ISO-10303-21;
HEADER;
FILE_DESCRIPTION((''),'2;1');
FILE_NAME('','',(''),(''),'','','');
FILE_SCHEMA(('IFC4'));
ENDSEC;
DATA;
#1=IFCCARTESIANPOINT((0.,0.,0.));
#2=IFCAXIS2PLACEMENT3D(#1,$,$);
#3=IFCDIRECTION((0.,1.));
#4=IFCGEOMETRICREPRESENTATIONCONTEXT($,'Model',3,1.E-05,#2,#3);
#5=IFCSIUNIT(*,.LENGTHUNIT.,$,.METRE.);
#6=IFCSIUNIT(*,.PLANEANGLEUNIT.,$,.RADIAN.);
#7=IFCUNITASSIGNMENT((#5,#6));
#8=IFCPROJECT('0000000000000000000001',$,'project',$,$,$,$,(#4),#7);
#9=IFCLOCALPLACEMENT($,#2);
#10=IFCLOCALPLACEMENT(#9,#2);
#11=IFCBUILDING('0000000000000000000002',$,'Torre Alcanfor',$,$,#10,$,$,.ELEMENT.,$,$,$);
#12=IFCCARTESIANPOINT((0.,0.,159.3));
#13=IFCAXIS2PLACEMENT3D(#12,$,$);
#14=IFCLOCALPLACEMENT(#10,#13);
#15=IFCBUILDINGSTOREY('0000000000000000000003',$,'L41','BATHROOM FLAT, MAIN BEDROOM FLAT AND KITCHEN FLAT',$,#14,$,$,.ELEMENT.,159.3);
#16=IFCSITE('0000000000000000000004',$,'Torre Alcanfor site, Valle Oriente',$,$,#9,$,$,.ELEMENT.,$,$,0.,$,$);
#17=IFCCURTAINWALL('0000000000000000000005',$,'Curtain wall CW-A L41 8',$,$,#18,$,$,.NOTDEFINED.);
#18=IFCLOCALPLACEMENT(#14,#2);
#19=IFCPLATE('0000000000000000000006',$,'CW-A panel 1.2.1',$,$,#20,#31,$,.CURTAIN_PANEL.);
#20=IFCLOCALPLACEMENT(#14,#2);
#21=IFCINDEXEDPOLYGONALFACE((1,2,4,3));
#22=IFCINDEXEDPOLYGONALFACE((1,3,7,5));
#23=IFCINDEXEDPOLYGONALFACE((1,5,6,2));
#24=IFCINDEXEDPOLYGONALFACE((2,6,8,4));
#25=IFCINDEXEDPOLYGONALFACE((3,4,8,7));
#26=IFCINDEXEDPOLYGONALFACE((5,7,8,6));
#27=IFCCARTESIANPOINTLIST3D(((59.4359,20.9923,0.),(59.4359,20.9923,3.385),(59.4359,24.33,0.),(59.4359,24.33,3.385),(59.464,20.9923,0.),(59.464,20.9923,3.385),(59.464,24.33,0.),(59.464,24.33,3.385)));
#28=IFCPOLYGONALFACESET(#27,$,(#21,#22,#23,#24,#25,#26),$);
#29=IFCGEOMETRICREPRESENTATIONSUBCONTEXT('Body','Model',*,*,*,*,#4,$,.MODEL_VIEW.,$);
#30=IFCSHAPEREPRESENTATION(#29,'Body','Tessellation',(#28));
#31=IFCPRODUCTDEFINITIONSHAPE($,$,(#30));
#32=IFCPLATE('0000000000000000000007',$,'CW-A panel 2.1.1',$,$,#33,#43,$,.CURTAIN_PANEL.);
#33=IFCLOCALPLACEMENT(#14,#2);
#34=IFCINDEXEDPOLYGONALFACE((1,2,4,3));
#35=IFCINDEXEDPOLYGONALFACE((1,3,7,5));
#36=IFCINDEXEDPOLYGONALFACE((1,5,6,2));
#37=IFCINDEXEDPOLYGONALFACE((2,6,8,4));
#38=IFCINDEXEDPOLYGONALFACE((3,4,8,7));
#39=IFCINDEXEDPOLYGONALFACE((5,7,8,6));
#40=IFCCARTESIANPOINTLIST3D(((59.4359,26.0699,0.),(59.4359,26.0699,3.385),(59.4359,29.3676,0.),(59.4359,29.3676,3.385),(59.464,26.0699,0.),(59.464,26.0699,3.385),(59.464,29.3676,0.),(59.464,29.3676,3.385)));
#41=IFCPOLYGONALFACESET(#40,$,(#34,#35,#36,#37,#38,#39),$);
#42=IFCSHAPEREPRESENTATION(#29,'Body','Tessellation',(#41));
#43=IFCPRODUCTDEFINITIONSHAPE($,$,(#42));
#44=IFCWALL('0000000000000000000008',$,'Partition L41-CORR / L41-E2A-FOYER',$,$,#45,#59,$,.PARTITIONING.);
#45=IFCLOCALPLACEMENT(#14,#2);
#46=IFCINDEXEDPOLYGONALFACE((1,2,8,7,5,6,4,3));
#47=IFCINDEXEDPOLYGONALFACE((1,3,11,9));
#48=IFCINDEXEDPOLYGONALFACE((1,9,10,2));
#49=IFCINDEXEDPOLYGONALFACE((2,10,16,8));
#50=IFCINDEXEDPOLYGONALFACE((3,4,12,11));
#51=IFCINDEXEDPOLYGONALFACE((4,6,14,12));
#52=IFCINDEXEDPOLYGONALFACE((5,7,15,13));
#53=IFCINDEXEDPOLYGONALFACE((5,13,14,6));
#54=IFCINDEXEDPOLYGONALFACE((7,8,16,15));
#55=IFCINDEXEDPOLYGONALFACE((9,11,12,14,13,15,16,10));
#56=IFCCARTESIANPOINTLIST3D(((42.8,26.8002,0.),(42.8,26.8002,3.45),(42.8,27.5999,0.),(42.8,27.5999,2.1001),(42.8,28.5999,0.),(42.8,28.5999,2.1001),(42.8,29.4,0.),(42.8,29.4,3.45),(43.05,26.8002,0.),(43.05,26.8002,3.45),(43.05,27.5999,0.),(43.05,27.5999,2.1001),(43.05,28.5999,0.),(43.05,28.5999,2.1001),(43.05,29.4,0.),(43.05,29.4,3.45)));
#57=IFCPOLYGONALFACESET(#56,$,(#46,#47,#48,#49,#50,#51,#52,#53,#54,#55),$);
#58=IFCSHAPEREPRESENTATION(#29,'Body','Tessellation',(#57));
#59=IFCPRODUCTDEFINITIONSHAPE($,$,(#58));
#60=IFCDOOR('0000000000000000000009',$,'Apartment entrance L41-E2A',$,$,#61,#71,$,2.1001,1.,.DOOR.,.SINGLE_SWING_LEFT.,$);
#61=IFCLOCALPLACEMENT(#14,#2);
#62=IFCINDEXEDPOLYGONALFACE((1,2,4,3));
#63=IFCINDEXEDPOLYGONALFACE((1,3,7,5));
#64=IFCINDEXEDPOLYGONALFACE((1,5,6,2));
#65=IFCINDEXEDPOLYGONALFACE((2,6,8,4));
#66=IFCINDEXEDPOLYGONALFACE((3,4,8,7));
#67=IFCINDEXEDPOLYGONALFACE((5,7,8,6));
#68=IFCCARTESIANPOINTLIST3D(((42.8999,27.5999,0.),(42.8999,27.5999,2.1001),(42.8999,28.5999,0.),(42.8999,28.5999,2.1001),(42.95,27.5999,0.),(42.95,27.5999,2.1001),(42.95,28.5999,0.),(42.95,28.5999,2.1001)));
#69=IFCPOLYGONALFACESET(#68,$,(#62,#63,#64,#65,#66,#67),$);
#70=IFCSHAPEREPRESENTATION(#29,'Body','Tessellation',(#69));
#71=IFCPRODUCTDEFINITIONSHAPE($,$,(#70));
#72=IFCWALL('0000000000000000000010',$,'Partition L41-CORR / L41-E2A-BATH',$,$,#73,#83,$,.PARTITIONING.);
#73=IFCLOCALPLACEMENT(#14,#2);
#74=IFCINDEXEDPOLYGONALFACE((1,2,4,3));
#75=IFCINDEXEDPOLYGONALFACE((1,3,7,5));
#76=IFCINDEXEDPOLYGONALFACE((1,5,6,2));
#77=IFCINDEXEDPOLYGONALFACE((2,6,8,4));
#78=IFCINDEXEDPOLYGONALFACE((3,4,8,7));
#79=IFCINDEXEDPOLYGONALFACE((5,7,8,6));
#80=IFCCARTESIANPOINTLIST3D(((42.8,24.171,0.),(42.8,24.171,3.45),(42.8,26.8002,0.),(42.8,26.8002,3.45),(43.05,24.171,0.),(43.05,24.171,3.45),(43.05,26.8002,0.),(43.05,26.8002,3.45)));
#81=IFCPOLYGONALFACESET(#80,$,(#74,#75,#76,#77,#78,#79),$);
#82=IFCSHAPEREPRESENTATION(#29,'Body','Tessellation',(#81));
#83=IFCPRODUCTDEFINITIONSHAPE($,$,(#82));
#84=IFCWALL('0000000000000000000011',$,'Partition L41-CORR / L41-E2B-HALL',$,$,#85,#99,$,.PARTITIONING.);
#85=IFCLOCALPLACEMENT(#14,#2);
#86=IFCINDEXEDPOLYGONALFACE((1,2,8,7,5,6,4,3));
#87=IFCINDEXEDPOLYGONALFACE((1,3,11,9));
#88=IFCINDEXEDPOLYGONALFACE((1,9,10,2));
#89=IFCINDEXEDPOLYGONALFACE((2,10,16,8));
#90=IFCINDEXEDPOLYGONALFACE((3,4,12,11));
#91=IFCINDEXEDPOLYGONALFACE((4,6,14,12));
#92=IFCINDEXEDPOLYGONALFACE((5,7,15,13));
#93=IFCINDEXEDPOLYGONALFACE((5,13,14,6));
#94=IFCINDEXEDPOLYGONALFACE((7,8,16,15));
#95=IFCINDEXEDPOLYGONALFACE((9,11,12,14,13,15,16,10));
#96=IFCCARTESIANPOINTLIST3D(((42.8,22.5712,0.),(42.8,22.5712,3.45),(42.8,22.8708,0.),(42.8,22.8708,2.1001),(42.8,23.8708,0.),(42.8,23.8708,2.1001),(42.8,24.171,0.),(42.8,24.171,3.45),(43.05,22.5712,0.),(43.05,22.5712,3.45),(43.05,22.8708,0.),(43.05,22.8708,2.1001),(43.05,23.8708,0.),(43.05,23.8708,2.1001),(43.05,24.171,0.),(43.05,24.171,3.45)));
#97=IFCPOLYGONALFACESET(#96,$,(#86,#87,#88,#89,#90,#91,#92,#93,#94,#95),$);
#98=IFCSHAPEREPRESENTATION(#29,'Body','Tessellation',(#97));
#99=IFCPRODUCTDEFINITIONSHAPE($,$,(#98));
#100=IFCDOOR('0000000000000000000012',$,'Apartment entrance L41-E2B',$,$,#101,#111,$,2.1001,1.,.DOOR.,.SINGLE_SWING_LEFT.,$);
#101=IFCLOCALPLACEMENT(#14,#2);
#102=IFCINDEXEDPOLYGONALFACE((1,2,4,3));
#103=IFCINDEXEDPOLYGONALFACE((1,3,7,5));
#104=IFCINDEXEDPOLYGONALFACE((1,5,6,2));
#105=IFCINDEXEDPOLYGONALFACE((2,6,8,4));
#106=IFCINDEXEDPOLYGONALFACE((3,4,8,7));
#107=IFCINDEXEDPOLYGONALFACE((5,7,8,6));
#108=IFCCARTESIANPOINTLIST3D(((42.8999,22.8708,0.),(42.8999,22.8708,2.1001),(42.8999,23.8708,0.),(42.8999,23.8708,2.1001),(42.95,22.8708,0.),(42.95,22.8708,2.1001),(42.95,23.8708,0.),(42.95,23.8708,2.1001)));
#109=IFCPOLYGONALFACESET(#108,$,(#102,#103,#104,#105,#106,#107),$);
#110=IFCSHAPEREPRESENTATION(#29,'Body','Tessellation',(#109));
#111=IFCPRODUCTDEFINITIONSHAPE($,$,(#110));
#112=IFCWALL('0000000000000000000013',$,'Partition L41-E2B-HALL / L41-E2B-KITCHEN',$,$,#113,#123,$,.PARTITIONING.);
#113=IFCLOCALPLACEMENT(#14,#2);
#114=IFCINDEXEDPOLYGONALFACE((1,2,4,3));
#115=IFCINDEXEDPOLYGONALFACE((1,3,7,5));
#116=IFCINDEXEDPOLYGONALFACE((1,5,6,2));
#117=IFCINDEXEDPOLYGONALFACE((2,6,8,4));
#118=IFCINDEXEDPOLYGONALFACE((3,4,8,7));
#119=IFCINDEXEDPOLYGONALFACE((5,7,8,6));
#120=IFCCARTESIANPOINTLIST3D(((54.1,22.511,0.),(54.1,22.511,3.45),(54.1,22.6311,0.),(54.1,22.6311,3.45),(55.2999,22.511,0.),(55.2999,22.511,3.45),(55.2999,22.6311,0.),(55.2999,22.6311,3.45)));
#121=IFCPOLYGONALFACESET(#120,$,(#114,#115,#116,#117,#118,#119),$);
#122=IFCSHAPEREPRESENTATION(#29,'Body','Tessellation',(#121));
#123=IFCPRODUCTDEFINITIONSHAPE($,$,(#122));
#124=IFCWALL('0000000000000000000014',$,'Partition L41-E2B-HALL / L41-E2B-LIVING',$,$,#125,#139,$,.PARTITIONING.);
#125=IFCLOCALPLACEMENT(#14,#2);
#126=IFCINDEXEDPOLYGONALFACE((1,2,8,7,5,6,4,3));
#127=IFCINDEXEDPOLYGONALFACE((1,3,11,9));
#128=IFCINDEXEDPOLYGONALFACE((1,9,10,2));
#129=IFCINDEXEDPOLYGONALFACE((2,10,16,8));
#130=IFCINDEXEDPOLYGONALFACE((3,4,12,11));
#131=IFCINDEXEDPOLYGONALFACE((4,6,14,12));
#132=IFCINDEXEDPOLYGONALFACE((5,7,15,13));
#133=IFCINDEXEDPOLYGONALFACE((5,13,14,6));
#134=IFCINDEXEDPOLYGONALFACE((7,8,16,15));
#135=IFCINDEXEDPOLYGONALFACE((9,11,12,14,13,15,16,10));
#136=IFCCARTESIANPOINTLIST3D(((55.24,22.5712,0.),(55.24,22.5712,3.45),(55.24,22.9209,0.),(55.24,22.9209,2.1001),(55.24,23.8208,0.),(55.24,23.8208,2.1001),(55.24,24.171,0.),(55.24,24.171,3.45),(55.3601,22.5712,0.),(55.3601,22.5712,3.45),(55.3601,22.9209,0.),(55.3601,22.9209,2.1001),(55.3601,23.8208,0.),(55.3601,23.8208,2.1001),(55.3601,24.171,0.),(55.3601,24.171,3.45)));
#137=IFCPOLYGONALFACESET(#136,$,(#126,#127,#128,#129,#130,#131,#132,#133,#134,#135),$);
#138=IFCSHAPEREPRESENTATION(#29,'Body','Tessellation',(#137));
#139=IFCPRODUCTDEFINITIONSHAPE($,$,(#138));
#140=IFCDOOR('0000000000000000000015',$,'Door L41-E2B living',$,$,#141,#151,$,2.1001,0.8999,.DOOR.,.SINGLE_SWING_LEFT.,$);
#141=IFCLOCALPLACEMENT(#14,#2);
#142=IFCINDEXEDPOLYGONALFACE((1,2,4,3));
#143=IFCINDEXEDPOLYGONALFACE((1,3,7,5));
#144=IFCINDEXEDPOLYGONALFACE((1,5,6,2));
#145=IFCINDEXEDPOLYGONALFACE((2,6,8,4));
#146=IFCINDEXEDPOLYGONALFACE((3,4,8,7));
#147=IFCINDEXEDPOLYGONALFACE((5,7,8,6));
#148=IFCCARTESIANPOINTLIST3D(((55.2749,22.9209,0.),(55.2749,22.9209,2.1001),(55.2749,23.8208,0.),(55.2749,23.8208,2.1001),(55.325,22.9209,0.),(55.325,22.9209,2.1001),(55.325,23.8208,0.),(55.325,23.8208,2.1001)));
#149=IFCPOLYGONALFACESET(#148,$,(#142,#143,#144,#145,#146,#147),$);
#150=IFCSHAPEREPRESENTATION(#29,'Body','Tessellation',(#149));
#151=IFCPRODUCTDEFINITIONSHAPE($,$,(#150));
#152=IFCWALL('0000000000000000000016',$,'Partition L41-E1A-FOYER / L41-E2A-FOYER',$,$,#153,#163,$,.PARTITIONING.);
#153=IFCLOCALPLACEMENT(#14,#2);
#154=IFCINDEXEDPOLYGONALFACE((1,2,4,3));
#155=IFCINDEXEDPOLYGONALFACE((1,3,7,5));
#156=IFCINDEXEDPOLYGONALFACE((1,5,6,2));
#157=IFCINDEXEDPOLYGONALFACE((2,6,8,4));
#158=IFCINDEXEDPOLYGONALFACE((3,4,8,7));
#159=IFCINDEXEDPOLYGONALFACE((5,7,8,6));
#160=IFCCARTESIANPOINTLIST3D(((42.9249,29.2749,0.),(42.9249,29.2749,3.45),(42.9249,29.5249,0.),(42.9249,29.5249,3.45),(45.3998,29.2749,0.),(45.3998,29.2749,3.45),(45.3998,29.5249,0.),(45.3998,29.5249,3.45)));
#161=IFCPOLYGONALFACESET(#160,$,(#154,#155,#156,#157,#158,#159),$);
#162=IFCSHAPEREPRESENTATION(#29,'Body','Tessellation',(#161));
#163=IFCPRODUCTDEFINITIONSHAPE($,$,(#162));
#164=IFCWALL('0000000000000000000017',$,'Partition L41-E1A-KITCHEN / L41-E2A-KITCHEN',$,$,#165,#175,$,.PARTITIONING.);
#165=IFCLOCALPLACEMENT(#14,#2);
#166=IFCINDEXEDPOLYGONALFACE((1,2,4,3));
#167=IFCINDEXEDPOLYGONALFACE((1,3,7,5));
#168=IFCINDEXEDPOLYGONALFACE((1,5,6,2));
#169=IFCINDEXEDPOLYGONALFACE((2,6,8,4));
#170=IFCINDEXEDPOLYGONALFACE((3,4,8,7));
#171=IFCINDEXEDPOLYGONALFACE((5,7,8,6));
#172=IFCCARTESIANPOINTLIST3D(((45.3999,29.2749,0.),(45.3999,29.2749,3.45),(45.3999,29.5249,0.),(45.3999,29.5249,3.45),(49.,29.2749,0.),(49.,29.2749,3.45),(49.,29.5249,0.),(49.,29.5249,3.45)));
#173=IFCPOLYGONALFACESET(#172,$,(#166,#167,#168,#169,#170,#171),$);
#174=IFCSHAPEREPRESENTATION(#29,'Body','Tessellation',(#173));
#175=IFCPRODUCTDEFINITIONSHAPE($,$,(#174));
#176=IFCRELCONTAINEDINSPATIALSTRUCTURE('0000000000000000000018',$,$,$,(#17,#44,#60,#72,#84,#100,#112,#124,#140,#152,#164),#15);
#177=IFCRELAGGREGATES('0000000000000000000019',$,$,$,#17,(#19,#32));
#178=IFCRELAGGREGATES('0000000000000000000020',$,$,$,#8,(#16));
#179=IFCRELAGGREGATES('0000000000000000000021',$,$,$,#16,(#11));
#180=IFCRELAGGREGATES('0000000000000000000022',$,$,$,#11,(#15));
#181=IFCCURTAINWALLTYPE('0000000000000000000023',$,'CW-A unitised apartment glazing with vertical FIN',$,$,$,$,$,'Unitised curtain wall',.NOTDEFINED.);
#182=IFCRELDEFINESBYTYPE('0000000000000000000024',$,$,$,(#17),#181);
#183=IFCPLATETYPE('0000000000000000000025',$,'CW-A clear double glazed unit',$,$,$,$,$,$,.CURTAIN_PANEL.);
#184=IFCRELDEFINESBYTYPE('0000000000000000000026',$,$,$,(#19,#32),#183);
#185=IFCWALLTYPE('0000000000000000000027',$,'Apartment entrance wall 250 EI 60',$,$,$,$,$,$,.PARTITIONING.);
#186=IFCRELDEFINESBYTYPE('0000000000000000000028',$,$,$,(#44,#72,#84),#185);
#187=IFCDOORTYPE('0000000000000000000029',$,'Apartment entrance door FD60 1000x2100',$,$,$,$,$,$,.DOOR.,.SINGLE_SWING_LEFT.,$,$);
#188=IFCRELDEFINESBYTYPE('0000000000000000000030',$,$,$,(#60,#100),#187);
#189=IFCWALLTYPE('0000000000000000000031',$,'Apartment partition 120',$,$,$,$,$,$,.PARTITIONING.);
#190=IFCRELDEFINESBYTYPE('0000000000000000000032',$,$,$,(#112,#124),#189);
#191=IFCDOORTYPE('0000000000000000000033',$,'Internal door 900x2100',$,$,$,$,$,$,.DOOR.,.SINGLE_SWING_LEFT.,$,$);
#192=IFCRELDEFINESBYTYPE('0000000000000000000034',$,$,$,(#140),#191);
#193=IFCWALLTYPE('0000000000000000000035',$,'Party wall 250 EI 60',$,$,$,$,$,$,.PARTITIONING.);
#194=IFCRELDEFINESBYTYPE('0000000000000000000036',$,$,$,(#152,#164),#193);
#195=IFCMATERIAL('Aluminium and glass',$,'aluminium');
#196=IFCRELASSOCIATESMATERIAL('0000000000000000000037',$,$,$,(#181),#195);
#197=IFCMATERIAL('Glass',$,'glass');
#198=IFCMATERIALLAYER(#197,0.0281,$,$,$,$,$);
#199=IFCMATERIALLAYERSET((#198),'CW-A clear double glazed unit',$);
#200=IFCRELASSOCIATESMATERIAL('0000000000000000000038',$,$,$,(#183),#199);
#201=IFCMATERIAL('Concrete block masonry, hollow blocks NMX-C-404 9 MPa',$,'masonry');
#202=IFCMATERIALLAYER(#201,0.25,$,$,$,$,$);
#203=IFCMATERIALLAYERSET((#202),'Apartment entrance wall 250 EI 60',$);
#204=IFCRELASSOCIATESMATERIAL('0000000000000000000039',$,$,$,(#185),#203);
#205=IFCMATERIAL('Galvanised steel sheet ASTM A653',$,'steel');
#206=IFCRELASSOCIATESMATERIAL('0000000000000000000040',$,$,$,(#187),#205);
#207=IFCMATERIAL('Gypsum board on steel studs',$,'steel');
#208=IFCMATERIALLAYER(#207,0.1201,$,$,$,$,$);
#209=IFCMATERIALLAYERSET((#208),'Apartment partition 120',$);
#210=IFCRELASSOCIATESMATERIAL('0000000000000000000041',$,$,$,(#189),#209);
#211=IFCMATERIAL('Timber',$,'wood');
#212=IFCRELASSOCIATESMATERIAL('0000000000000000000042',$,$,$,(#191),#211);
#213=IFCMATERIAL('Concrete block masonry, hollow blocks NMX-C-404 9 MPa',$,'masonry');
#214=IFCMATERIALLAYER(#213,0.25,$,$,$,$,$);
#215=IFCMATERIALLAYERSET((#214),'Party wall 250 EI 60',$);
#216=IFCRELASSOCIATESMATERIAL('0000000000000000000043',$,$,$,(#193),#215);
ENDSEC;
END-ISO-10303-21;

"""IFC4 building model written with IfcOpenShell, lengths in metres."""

from ifc_helpers import new_model, si_unit, direction, frame, frame_2d, origin, origin_2d, place, context, subcontext, project, spatial, rectangle, extrude, material, layer, layer_set, type_object, element, fill, aggregate, save


model = new_model("IFC4")

# Units and contexts
model_context = context("Model", 3, precision=1e-05, world=origin(), true_north=direction((0.0, 1.0)))
body_context = subcontext(model_context, "Body", "Model", "MODEL_VIEW")
ifc_project = project(units=[si_unit("LENGTHUNIT", "METRE"), si_unit("PLANEANGLEUNIT", "RADIAN")], contexts=[model_context])

# Site, building, storey
site_placement = place(None, origin())
site = spatial("IfcSite", under=ifc_project, at=site_placement, Name="Torre Alcanfor site, Valle Oriente", CompositionType="ELEMENT", RefElevation=0.0)
building_placement = place(site_placement, origin())
building = spatial("IfcBuilding", under=site, at=building_placement, Name="Torre Alcanfor", CompositionType="ELEMENT")
storey_placement = place(building_placement, frame((0.0, 0.0, 159.3)))
storey = spatial("IfcBuildingStorey", under=building, at=storey_placement, Name="L41", Description="BATHROOM FLAT, MAIN BEDROOM FLAT AND KITCHEN FLAT", CompositionType="ELEMENT", Elevation=159.3)

# Curtain wall
ifc_material_1 = material(Name="Aluminium and glass", Category="aluminium")
curtain_wall_type = type_object("IfcCurtainWallType", Name="CW-A unitised apartment glazing with vertical FIN", ElementType="Unitised curtain wall", PredefinedType="NOTDEFINED", material=ifc_material_1)
curtain_wall_placement = place(storey_placement, origin())
curtain_wall = element("IfcCurtainWall", 1, at=curtain_wall_placement, inside=storey, type_object=curtain_wall_type, Name="Curtain wall CW-A L41 8", PredefinedType="NOTDEFINED")

# Plates
ifc_material_2 = material(Name="Glass", Category="glass")
ifc_layer_1 = layer(ifc_material_2, 0.0281)
ifc_layer_set_1 = layer_set([ifc_layer_1], Name="CW-A clear double glazed unit")
plate_type = type_object("IfcPlateType", Name="CW-A clear double glazed unit", PredefinedType="CURTAIN_PANEL", material=ifc_layer_set_1)
plate_1_placement = place(storey_placement, frame((59.45, 22.6611, 0.0), z_axis=(0.0, 0.0, 1.0), x_axis=(0.0, 1.0, 0.0)))
plate_1 = element("IfcPlate", 2, at=plate_1_placement, type_object=plate_type, Name="CW-A panel 1.2.1", PredefinedType="CURTAIN_PANEL", context=body_context, shape_type="SweptSolid", body=[
    extrude(rectangle(XDim=3.3376, YDim=0.0281, at=origin_2d()), origin(), (0.0, 0.0, 1.0), 3.385),
])
plate_2_placement = place(storey_placement, frame((59.45, 27.7188, 0.0), z_axis=(0.0, 0.0, 1.0), x_axis=(0.0, 1.0, 0.0)))
plate_2 = element("IfcPlate", 3, at=plate_2_placement, type_object=plate_type, Name="CW-A panel 2.1.1", PredefinedType="CURTAIN_PANEL", context=body_context, shape_type="SweptSolid", body=[
    extrude(rectangle(XDim=3.2976, YDim=0.0281, at=origin_2d()), origin(), (0.0, 0.0, 1.0), 3.385),
])
aggregate(curtain_wall, [plate_1, plate_2])

# Wall, opening, door
ifc_material_3 = material(Name="Concrete block masonry, hollow blocks NMX-C-404 9 MPa", Category="masonry")
ifc_layer_2 = layer(ifc_material_3, 0.25)
ifc_layer_set_2 = layer_set([ifc_layer_2], Name="Apartment entrance wall 250 EI 60")
wall_type_1 = type_object("IfcWallType", Name="Apartment entrance wall 250 EI 60", PredefinedType="PARTITIONING", material=ifc_layer_set_2)
wall_1_placement = place(storey_placement, frame((42.925, 29.3999, 0.0), z_axis=(0.0, 0.0, 1.0), x_axis=(0.0, -1.0, 0.0)))
wall_1 = element("IfcWall", 4, at=wall_1_placement, inside=storey, type_object=wall_type_1, Name="Partition L41-CORR / L41-E2A-FOYER", PredefinedType="PARTITIONING", context=body_context, shape_type="SweptSolid", body=[
    extrude(rectangle(XDim=2.5999, YDim=0.25, at=frame_2d((1.2998, 0.0))), origin(), (0.0, 0.0, 1.0), 3.45),
])
opening_1_placement = place(wall_1_placement, frame((0.8, 0.0, 0.0)))
opening_1 = element("IfcOpeningElement", 5, at=opening_1_placement, cuts=wall_1, PredefinedType="OPENING", context=body_context, shape_type="SweptSolid", body=[
    extrude(rectangle(XDim=1.0, YDim=2.1001, at=frame_2d((0.5, 1.05))), frame((0.0, 0.135, 0.0), z_axis=(0.0, -1.0, 0.0), x_axis=(1.0, 0.0, 0.0)), (0.0, 0.0, 1.0), 0.27),
])
ifc_material_4 = material(Name="Galvanised steel sheet ASTM A653", Category="steel")
door_type_1 = type_object("IfcDoorType", Name="Apartment entrance door FD60 1000x2100", OperationType="SINGLE_SWING_LEFT", PredefinedType="DOOR", material=ifc_material_4)
door_1_placement = place(opening_1_placement, origin())
door_1 = element("IfcDoor", 6, at=door_1_placement, inside=storey, type_object=door_type_1, Name="Apartment entrance L41-E2A", OperationType="SINGLE_SWING_LEFT", OverallHeight=2.1001, OverallWidth=1.0, PredefinedType="DOOR", context=body_context, shape_type="SweptSolid", body=[
    extrude(rectangle(XDim=1.0, YDim=2.1001, at=frame_2d((0.5, 1.05))), frame((0.0, 0.0249, 0.0), z_axis=(0.0, -1.0, 0.0), x_axis=(1.0, 0.0, 0.0)), (0.0, 0.0, 1.0), 0.05),
])
fill(opening_1, door_1)

# Wall
wall_2_placement = place(storey_placement, frame((42.925, 26.8, 0.0), z_axis=(0.0, 0.0, 1.0), x_axis=(0.0, -1.0, 0.0)))
element("IfcWall", 7, at=wall_2_placement, inside=storey, type_object=wall_type_1, Name="Partition L41-CORR / L41-E2A-BATH", PredefinedType="PARTITIONING", context=body_context, shape_type="SweptSolid", body=[
    extrude(rectangle(XDim=2.6292, YDim=0.25, at=frame_2d((1.3145, 0.0))), origin(), (0.0, 0.0, 1.0), 3.45),
])

# Wall, opening, door
wall_3_placement = place(storey_placement, frame((42.925, 24.1709, 0.0), z_axis=(0.0, 0.0, 1.0), x_axis=(0.0, -1.0, 0.0)))
wall_3 = element("IfcWall", 8, at=wall_3_placement, inside=storey, type_object=wall_type_1, Name="Partition L41-CORR / L41-E2B-HALL", PredefinedType="PARTITIONING", context=body_context, shape_type="SweptSolid", body=[
    extrude(rectangle(XDim=1.5999, YDim=0.25, at=frame_2d((0.7998, 0.0))), origin(), (0.0, 0.0, 1.0), 3.45),
])
opening_2_placement = place(wall_3_placement, frame((0.3, 0.0, 0.0)))
opening_2 = element("IfcOpeningElement", 9, at=opening_2_placement, cuts=wall_3, PredefinedType="OPENING", context=body_context, shape_type="SweptSolid", body=[
    extrude(rectangle(XDim=1.0, YDim=2.1001, at=frame_2d((0.5, 1.05))), frame((0.0, 0.135, 0.0), z_axis=(0.0, -1.0, 0.0), x_axis=(1.0, 0.0, 0.0)), (0.0, 0.0, 1.0), 0.27),
])
door_2_placement = place(opening_2_placement, origin())
door_2 = element("IfcDoor", 10, at=door_2_placement, inside=storey, type_object=door_type_1, Name="Apartment entrance L41-E2B", OperationType="SINGLE_SWING_LEFT", OverallHeight=2.1001, OverallWidth=1.0, PredefinedType="DOOR", context=body_context, shape_type="SweptSolid", body=[
    extrude(rectangle(XDim=1.0, YDim=2.1001, at=frame_2d((0.5, 1.05))), frame((0.0, 0.0249, 0.0), z_axis=(0.0, -1.0, 0.0), x_axis=(1.0, 0.0, 0.0)), (0.0, 0.0, 1.0), 0.05),
])
fill(opening_2, door_2)

# Wall
ifc_material_5 = material(Name="Gypsum board on steel studs", Category="steel")
ifc_layer_3 = layer(ifc_material_5, 0.1201)
ifc_layer_set_3 = layer_set([ifc_layer_3], Name="Apartment partition 120")
wall_type_2 = type_object("IfcWallType", Name="Apartment partition 120", PredefinedType="PARTITIONING", material=ifc_layer_set_3)
wall_4_placement = place(storey_placement, frame((55.3, 22.571, 0.0), z_axis=(0.0, 0.0, 1.0), x_axis=(-1.0, 0.0, 0.0)))
element("IfcWall", 11, at=wall_4_placement, inside=storey, type_object=wall_type_2, Name="Partition L41-E2B-HALL / L41-E2B-KITCHEN", PredefinedType="PARTITIONING", context=body_context, shape_type="SweptSolid", body=[
    extrude(rectangle(XDim=1.2, YDim=0.1201, at=frame_2d((0.6001, 0.0))), origin(), (0.0, 0.0, 1.0), 3.45),
])

# Wall, opening, door
wall_5_placement = place(storey_placement, frame((55.3, 24.1709, 0.0), z_axis=(0.0, 0.0, 1.0), x_axis=(0.0, -1.0, 0.0)))
wall_5 = element("IfcWall", 12, at=wall_5_placement, inside=storey, type_object=wall_type_2, Name="Partition L41-E2B-HALL / L41-E2B-LIVING", PredefinedType="PARTITIONING", context=body_context, shape_type="SweptSolid", body=[
    extrude(rectangle(XDim=1.5999, YDim=0.1201, at=frame_2d((0.7998, 0.0))), origin(), (0.0, 0.0, 1.0), 3.45),
])
opening_3_placement = place(wall_5_placement, frame((0.3501, 0.0, 0.0)))
opening_3 = element("IfcOpeningElement", 13, at=opening_3_placement, cuts=wall_5, PredefinedType="OPENING", context=body_context, shape_type="SweptSolid", body=[
    extrude(rectangle(XDim=0.8999, YDim=2.1001, at=frame_2d((0.45, 1.05))), frame((0.0, 0.0701, 0.0), z_axis=(0.0, -1.0, 0.0), x_axis=(1.0, 0.0, 0.0)), (0.0, 0.0, 1.0), 0.1401),
])
ifc_material_6 = material(Name="Timber", Category="wood")
door_type_2 = type_object("IfcDoorType", Name="Internal door 900x2100", OperationType="SINGLE_SWING_LEFT", PredefinedType="DOOR", material=ifc_material_6)
door_3_placement = place(opening_3_placement, origin())
door_3 = element("IfcDoor", 14, at=door_3_placement, inside=storey, type_object=door_type_2, Name="Door L41-E2B living", OperationType="SINGLE_SWING_LEFT", OverallHeight=2.1001, OverallWidth=0.8999, PredefinedType="DOOR", context=body_context, shape_type="SweptSolid", body=[
    extrude(rectangle(XDim=0.8999, YDim=2.1001, at=frame_2d((0.45, 1.05))), frame((0.0, 0.0249, 0.0), z_axis=(0.0, -1.0, 0.0), x_axis=(1.0, 0.0, 0.0)), (0.0, 0.0, 1.0), 0.05),
])
fill(opening_3, door_3)

# Walls
ifc_material_7 = material(Name="Concrete block masonry, hollow blocks NMX-C-404 9 MPa", Category="masonry")
ifc_layer_4 = layer(ifc_material_7, 0.25)
ifc_layer_set_4 = layer_set([ifc_layer_4], Name="Party wall 250 EI 60")
wall_type_3 = type_object("IfcWallType", Name="Party wall 250 EI 60", PredefinedType="PARTITIONING", material=ifc_layer_set_4)
wall_6_placement = place(storey_placement, frame((42.925, 29.3999, 0.0), z_axis=(0.0, 0.0, 1.0), x_axis=(1.0, 0.0, 0.0)))
element("IfcWall", 15, at=wall_6_placement, inside=storey, type_object=wall_type_3, Name="Partition L41-E1A-FOYER / L41-E2A-FOYER", PredefinedType="PARTITIONING", context=body_context, shape_type="SweptSolid", body=[
    extrude(rectangle(XDim=2.4749, YDim=0.25, at=frame_2d((1.2373, 0.0))), origin(), (0.0, 0.0, 1.0), 3.45),
])
wall_7_placement = place(storey_placement, frame((45.3999, 29.3999, 0.0), z_axis=(0.0, 0.0, 1.0), x_axis=(1.0, 0.0, 0.0)))
element("IfcWall", 16, at=wall_7_placement, inside=storey, type_object=wall_type_3, Name="Partition L41-E1A-KITCHEN / L41-E2A-KITCHEN", PredefinedType="PARTITIONING", context=body_context, shape_type="SweptSolid", body=[
    extrude(rectangle(XDim=3.6001, YDim=0.25, at=frame_2d((1.8, 0.0))), origin(), (0.0, 0.0, 1.0), 3.45),
])

save(model, "model.ifc")
